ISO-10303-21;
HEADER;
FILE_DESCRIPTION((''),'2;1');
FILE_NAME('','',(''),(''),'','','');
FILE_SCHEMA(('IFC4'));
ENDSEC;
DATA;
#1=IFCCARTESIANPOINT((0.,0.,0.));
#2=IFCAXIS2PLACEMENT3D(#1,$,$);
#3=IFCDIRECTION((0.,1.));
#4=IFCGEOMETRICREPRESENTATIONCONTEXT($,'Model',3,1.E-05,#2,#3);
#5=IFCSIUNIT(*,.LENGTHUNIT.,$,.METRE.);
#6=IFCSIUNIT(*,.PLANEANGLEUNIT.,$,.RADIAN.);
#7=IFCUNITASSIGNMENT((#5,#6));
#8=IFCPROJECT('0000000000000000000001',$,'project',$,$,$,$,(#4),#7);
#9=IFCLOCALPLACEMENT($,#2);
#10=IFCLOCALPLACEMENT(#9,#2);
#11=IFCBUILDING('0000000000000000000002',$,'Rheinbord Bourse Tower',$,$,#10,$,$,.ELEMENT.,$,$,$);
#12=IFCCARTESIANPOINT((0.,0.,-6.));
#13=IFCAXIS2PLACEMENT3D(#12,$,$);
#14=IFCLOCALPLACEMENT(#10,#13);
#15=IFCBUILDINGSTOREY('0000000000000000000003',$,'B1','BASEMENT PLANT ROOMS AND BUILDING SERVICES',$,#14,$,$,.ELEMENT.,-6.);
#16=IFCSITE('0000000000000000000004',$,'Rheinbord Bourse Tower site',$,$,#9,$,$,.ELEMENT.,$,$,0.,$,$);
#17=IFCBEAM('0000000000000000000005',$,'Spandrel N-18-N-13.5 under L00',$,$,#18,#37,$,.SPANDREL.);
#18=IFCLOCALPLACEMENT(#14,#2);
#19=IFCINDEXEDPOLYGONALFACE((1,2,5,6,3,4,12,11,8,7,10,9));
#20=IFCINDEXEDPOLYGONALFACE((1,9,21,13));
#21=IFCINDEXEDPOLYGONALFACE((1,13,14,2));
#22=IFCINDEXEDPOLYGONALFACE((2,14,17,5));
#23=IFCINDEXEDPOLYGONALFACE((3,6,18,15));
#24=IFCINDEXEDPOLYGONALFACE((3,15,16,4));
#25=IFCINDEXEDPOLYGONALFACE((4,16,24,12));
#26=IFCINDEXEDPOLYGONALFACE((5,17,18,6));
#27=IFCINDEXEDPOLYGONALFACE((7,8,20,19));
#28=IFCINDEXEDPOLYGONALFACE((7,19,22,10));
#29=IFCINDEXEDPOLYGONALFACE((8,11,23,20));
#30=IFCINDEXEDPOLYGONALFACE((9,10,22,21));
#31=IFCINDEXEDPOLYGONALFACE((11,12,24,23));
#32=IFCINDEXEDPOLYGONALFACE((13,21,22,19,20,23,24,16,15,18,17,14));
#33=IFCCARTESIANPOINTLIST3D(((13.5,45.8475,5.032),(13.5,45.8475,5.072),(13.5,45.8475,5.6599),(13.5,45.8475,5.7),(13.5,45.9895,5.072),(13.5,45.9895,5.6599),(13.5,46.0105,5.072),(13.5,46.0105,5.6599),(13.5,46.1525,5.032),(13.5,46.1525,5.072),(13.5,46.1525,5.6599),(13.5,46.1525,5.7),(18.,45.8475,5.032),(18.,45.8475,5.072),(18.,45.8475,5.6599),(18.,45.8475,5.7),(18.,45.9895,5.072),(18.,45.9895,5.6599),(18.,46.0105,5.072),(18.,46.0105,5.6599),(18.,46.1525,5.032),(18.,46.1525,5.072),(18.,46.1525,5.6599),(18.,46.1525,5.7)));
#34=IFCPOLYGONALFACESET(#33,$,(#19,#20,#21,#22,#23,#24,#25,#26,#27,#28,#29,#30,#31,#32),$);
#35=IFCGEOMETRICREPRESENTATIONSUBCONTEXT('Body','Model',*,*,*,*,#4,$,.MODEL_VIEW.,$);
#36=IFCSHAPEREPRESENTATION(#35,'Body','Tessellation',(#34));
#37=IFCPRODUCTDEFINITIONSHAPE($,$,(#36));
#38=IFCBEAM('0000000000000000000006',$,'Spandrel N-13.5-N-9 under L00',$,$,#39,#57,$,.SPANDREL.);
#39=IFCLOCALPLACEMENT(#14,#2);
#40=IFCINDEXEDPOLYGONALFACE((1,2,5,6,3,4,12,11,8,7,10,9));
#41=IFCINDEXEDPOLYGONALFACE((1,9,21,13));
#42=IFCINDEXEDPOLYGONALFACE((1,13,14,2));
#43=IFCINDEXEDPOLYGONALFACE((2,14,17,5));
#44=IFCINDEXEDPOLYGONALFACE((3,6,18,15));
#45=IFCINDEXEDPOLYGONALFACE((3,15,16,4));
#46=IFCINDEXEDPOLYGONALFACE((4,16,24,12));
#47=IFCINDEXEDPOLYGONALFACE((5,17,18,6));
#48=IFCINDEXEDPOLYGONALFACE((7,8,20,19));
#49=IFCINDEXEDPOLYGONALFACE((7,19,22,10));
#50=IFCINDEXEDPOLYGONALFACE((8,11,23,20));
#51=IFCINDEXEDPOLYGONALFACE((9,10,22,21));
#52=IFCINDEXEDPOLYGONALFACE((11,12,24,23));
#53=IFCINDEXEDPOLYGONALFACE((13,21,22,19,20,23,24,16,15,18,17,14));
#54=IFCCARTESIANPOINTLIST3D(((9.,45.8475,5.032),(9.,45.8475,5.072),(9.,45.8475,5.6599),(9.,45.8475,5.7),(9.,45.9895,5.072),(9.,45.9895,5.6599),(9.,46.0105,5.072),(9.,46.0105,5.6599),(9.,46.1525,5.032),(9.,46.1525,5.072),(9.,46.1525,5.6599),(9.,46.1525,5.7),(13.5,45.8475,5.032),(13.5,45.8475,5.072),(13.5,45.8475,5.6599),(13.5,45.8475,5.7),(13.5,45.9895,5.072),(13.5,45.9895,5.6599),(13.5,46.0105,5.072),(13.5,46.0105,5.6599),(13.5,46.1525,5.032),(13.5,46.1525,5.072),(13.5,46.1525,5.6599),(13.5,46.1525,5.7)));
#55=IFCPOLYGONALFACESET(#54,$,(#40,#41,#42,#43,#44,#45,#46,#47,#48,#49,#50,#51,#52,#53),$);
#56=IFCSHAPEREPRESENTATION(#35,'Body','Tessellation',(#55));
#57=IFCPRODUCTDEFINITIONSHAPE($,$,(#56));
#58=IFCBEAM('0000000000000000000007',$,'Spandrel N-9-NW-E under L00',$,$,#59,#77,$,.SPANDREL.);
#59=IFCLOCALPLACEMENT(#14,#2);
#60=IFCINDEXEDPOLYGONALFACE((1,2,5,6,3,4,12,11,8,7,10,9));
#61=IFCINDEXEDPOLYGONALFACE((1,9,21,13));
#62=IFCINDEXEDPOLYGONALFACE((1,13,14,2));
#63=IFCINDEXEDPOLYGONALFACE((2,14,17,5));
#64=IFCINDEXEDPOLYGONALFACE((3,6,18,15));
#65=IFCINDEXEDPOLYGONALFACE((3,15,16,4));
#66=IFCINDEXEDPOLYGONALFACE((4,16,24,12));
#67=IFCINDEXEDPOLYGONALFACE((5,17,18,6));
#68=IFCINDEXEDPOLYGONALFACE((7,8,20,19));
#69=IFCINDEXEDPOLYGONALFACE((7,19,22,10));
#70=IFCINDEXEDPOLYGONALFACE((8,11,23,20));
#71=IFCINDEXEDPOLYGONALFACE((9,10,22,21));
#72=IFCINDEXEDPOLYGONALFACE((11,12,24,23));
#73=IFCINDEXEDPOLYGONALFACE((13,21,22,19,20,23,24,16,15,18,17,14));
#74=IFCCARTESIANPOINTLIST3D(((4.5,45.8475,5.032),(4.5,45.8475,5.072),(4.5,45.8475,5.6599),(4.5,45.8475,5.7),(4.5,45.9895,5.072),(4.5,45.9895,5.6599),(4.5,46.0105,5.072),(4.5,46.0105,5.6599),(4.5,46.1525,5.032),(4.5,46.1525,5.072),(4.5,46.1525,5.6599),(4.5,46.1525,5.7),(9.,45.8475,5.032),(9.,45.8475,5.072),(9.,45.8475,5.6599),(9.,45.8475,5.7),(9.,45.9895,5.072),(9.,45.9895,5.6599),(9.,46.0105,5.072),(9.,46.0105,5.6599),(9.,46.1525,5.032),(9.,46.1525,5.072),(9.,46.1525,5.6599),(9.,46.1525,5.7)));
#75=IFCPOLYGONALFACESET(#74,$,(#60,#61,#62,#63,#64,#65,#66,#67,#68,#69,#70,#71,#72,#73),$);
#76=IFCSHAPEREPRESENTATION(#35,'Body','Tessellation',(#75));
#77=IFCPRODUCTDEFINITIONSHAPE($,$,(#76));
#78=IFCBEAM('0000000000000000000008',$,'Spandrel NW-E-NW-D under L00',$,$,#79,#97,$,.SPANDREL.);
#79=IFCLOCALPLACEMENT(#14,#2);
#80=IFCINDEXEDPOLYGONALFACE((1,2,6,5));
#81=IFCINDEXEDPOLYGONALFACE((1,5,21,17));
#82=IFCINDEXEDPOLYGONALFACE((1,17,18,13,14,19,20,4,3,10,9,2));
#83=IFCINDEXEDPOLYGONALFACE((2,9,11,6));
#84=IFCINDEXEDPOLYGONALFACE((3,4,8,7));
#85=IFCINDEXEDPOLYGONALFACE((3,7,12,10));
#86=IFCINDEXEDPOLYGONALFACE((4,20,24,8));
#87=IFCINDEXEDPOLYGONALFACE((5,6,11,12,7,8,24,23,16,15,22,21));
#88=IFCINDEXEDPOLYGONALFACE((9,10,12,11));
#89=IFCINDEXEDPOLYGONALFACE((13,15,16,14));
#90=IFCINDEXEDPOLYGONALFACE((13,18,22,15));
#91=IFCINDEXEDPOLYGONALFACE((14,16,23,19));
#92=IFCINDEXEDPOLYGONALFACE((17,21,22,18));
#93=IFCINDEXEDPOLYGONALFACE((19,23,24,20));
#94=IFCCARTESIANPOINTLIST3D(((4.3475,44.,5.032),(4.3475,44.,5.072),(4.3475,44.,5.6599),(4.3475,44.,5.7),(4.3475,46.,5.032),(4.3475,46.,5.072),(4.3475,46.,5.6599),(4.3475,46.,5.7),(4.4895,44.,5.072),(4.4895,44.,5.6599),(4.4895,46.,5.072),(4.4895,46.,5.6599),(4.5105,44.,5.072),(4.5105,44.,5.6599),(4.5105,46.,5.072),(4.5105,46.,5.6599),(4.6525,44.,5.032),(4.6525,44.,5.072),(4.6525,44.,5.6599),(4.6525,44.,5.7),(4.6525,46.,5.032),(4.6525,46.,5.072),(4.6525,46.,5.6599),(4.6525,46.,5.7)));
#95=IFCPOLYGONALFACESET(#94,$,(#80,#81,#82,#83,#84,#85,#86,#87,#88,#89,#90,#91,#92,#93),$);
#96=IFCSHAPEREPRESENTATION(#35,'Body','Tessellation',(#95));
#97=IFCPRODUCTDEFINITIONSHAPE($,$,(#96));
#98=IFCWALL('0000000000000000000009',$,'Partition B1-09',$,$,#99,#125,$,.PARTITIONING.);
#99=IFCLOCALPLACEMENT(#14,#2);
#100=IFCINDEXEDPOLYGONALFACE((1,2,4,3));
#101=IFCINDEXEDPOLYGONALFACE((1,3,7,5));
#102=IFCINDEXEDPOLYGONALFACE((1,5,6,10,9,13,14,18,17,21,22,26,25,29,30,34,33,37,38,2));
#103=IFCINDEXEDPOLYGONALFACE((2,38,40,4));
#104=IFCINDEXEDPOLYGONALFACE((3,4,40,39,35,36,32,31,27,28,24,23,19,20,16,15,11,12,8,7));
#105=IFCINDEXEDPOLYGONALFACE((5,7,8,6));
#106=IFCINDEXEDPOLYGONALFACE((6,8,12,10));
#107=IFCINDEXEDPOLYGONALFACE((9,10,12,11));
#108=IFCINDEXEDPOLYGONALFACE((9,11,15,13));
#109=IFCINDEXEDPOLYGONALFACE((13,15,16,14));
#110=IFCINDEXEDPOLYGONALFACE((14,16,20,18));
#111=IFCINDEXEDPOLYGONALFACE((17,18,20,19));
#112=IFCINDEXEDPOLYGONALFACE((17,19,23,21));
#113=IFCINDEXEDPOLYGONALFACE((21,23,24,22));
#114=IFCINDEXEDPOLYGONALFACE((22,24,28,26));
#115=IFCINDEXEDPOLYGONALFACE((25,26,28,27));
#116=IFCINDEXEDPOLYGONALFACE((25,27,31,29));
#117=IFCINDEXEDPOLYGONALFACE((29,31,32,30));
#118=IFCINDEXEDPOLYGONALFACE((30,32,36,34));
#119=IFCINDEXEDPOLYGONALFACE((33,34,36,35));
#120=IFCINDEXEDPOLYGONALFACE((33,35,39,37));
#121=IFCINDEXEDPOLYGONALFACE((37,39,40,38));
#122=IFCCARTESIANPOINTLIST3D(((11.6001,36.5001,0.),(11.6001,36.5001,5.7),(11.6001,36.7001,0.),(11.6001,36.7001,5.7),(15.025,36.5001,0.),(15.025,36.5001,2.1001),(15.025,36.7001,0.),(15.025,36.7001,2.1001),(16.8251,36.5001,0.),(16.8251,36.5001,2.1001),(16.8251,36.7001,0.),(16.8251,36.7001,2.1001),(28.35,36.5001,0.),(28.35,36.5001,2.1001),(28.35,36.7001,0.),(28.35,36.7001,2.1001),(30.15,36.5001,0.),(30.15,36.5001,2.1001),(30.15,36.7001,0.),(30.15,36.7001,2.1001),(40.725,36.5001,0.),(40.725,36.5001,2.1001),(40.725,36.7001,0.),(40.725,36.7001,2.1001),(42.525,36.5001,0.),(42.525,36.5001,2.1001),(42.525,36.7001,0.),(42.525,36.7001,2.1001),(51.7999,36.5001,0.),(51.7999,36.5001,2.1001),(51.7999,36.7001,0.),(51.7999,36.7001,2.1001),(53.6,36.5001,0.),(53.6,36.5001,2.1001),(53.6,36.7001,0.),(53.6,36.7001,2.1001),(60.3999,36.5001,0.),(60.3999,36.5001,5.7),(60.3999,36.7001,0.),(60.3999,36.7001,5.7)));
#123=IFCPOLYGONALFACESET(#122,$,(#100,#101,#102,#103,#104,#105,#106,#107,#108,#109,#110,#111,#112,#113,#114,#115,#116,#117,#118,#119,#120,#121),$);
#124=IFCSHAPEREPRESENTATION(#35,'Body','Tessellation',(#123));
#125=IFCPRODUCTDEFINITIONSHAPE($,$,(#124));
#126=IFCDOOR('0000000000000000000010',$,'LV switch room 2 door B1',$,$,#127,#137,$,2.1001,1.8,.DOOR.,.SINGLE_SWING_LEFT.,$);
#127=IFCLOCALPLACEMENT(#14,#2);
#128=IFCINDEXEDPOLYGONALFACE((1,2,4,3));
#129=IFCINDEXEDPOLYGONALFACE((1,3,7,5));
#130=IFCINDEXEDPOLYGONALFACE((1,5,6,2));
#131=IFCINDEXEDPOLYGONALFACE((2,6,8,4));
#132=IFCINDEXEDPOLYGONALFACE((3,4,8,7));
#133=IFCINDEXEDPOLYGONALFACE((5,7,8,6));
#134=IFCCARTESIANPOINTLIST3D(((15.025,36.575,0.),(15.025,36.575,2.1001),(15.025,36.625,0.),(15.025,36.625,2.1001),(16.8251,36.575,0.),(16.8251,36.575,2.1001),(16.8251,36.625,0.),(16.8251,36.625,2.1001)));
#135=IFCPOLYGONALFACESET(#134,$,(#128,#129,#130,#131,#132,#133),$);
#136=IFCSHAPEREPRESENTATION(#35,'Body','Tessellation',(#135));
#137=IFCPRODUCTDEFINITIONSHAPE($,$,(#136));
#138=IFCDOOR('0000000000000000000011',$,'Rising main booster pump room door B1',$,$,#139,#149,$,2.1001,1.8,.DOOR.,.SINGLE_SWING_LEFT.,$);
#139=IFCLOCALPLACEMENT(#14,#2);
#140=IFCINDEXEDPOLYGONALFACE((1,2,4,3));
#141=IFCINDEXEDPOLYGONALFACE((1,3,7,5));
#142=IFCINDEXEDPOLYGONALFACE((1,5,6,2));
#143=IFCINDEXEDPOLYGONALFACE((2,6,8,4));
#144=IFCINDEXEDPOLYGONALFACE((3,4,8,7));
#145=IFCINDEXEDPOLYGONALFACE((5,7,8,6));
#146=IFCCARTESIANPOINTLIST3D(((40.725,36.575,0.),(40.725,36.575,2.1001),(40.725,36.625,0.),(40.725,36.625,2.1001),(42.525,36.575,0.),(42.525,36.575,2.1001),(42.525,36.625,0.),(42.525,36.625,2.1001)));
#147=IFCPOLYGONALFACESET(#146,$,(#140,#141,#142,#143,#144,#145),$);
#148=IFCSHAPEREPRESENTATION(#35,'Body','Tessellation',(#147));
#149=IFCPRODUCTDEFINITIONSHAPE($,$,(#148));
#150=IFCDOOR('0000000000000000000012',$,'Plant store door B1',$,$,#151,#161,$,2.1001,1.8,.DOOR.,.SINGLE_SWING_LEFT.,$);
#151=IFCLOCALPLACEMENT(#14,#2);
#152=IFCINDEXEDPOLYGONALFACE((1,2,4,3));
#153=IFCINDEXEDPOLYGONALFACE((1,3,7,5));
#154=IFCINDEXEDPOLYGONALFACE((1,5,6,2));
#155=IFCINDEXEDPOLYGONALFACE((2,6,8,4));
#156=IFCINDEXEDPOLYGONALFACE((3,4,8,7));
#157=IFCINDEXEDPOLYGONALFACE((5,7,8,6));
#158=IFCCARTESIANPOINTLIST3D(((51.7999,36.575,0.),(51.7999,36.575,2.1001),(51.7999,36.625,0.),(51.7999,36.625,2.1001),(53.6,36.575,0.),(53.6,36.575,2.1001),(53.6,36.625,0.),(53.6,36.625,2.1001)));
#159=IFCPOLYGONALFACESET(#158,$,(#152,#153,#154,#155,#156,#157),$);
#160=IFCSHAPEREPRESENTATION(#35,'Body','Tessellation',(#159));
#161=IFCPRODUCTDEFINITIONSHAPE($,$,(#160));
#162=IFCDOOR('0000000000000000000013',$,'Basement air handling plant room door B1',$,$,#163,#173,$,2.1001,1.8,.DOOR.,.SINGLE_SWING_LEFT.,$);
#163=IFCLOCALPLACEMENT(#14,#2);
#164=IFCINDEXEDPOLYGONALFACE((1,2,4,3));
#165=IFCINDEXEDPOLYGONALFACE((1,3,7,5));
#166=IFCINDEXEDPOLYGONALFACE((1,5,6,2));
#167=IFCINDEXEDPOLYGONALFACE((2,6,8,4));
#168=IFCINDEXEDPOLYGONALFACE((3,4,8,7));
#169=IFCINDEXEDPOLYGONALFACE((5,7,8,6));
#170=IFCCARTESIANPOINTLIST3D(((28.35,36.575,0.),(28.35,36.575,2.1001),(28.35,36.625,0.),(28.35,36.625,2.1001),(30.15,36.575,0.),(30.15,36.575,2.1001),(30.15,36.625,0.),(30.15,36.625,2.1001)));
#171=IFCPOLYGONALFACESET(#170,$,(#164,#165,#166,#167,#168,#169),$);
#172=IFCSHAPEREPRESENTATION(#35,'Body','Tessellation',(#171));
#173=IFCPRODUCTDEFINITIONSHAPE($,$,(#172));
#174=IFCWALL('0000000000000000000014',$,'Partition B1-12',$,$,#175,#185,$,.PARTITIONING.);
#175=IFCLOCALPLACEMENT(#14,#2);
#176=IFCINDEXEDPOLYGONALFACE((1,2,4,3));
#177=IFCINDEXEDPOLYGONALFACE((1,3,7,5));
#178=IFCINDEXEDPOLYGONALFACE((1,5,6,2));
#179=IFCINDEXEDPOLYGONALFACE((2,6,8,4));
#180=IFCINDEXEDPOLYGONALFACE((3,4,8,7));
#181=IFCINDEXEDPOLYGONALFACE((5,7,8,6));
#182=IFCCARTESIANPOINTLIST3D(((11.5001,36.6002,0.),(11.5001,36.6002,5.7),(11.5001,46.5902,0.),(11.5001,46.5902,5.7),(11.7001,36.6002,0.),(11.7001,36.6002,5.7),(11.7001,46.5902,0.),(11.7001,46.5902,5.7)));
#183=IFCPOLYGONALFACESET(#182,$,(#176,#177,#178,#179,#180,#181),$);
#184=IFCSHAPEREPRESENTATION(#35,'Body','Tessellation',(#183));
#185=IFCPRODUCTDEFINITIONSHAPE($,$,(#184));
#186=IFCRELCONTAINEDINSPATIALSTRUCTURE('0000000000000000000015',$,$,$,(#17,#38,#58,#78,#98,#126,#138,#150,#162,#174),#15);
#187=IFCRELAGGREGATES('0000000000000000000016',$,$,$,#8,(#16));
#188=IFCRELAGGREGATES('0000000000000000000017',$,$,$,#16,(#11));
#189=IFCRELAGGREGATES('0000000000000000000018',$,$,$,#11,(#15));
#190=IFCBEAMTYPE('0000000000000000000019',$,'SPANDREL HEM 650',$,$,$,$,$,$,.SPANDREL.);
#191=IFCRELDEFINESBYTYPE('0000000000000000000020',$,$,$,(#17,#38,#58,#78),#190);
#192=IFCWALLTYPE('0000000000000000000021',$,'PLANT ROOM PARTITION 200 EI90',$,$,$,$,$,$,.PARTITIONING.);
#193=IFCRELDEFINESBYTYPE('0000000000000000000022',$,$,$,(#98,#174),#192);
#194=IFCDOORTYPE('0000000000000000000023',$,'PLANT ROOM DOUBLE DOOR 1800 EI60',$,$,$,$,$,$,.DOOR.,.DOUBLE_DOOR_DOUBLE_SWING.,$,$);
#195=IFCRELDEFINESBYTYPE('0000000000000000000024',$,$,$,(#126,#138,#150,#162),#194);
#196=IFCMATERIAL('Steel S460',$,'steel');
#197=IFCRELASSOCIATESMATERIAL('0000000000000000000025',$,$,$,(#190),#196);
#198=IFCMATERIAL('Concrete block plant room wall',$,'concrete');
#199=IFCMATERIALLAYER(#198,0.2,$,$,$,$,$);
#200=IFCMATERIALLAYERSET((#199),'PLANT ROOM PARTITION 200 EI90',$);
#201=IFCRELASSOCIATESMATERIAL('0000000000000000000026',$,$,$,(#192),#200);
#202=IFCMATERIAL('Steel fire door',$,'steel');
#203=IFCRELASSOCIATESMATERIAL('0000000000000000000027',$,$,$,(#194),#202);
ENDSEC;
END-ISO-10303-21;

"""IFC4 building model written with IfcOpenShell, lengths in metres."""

from ifc_helpers import new_model, si_unit, direction, frame, frame_2d, origin, origin_2d, place, context, subcontext, project, spatial, rectangle, i_section, extrude, material, layer, layer_set, material_profile, profile_set, type_object, element, fill, save


model = new_model("IFC4")

# Units and contexts
model_context = context("Model", 3, precision=1e-05, world=origin(), true_north=direction((0.0, 1.0)))
body_context = subcontext(model_context, "Body", "Model", "MODEL_VIEW")
ifc_project = project(units=[si_unit("LENGTHUNIT", "METRE"), si_unit("PLANEANGLEUNIT", "RADIAN")], contexts=[model_context])

# Site, building, storey
site_placement = place(None, origin())
site = spatial("IfcSite", under=ifc_project, at=site_placement, Name="Rheinbord Bourse Tower site", CompositionType="ELEMENT", RefElevation=0.0)
building_placement = place(site_placement, origin())
building = spatial("IfcBuilding", under=site, at=building_placement, Name="Rheinbord Bourse Tower", CompositionType="ELEMENT")
storey_placement = place(building_placement, frame((0.0, 0.0, -6.0)))
storey = spatial("IfcBuildingStorey", under=building, at=storey_placement, Name="B1", Description="BASEMENT PLANT ROOMS AND BUILDING SERVICES", CompositionType="ELEMENT", Elevation=-6.0)

# Beams
ifc_material_1 = material(Name="Steel S460", Category="steel")
ifc_material_profile_1 = material_profile(ifc_material_1, i_section(OverallWidth=0.3049, OverallDepth=0.668, WebThickness=0.021, FlangeThickness=0.04, at=origin_2d()), Name="HEM 650")
ifc_profile_set_1 = profile_set([ifc_material_profile_1], Name="Steel S460")
beam_type_1 = type_object("IfcBeamType", Name="SPANDREL HEM 650", PredefinedType="SPANDREL", material=ifc_profile_set_1)
for number, where, z_axis, x_axis, name in (
    (1, (18.0, 46.0, 5.366), (-1.0, 0.0, 0.0), (0.0, -1.0, 0.0), "Spandrel N-18-N-13.5 under L00"),
    (2, (13.5, 46.0, 5.366), (-1.0, 0.0, 0.0), (0.0, -1.0, 0.0), "Spandrel N-13.5-N-9 under L00"),
    (3, (9.0, 46.0, 5.366), (-1.0, 0.0, 0.0), (0.0, -1.0, 0.0), "Spandrel N-9-NW-E under L00"),
):
    element("IfcBeam", number, at=place(storey_placement, frame(where, z_axis=z_axis, x_axis=x_axis)), inside=storey, type_object=beam_type_1, Name=name, PredefinedType="SPANDREL", context=body_context, shape_type="SweptSolid", body=[
        extrude(i_section(OverallWidth=0.3049, OverallDepth=0.668, WebThickness=0.021, FlangeThickness=0.04, at=origin_2d()), origin(), (0.0, 0.0, 1.0), 4.5),
    ])
beam_1_placement = place(storey_placement, frame((4.5, 46.0, 5.366), z_axis=(0.0, -1.0, 0.0), x_axis=(1.0, 0.0, 0.0)))
element("IfcBeam", 4, at=beam_1_placement, inside=storey, type_object=beam_type_1, Name="Spandrel NW-E-NW-D under L00", PredefinedType="SPANDREL", context=body_context, shape_type="SweptSolid", body=[
    extrude(i_section(OverallWidth=0.3049, OverallDepth=0.668, WebThickness=0.021, FlangeThickness=0.04, at=origin_2d()), origin(), (0.0, 0.0, 1.0), 2.0),
])

# Wall, openings, doors
ifc_material_2 = material(Name="Concrete block plant room wall", Category="concrete")
ifc_layer = layer(ifc_material_2, 0.2)
ifc_layer_set = layer_set([ifc_layer], Name="PLANT ROOM PARTITION 200 EI90")
wall_type = type_object("IfcWallType", Name="PLANT ROOM PARTITION 200 EI90", PredefinedType="PARTITIONING", material=ifc_layer_set)
wall_1_placement = place(storey_placement, frame((11.6001, 36.6001, 0.0), z_axis=(0.0, 0.0, 1.0), x_axis=(1.0, 0.0, 0.0)))
wall_1 = element("IfcWall", 5, at=wall_1_placement, inside=storey, type_object=wall_type, Name="Partition B1-09", PredefinedType="PARTITIONING", context=body_context, shape_type="SweptSolid", body=[
    extrude(rectangle(XDim=48.7998, YDim=0.2, at=frame_2d((24.3999, 0.0))), origin(), (0.0, 0.0, 1.0), 5.7),
])
opening_1_placement = place(wall_1_placement, frame((3.425, 0.0, 0.0)))
opening_1 = element("IfcOpeningElement", 6, at=opening_1_placement, cuts=wall_1, PredefinedType="OPENING", context=body_context, shape_type="SweptSolid", body=[
    extrude(rectangle(XDim=1.8, YDim=2.1001, at=frame_2d((0.8999, 1.05))), frame((0.0, 0.1099, 0.0), z_axis=(0.0, -1.0, 0.0), x_axis=(1.0, 0.0, 0.0)), (0.0, 0.0, 1.0), 0.22),
])
opening_2_placement = place(wall_1_placement, frame((29.125, 0.0, 0.0)))
opening_2 = element("IfcOpeningElement", 7, at=opening_2_placement, cuts=wall_1, PredefinedType="OPENING", context=body_context, shape_type="SweptSolid", body=[
    extrude(rectangle(XDim=1.8, YDim=2.1001, at=frame_2d((0.8999, 1.05))), frame((0.0, 0.1099, 0.0), z_axis=(0.0, -1.0, 0.0), x_axis=(1.0, 0.0, 0.0)), (0.0, 0.0, 1.0), 0.22),
])
opening_3_placement = place(wall_1_placement, frame((40.2, 0.0, 0.0)))
opening_3 = element("IfcOpeningElement", 8, at=opening_3_placement, cuts=wall_1, PredefinedType="OPENING", context=body_context, shape_type="SweptSolid", body=[
    extrude(rectangle(XDim=1.8, YDim=2.1001, at=frame_2d((0.8999, 1.05))), frame((0.0, 0.1099, 0.0), z_axis=(0.0, -1.0, 0.0), x_axis=(1.0, 0.0, 0.0)), (0.0, 0.0, 1.0), 0.22),
])
opening_4_placement = place(wall_1_placement, frame((16.75, 0.0, 0.0)))
opening_4 = element("IfcOpeningElement", 9, at=opening_4_placement, cuts=wall_1, PredefinedType="OPENING", context=body_context, shape_type="SweptSolid", body=[
    extrude(rectangle(XDim=1.8, YDim=2.1001, at=frame_2d((0.8999, 1.05))), frame((0.0, 0.1099, 0.0), z_axis=(0.0, -1.0, 0.0), x_axis=(1.0, 0.0, 0.0)), (0.0, 0.0, 1.0), 0.22),
])
ifc_material_3 = material(Name="Steel fire door", Category="steel")
door_type = type_object("IfcDoorType", Name="PLANT ROOM DOUBLE DOOR 1800 EI60", OperationType="DOUBLE_DOOR_DOUBLE_SWING", PredefinedType="DOOR", material=ifc_material_3)
door_1_placement = place(opening_1_placement, origin())
door_1 = element("IfcDoor", 10, at=door_1_placement, inside=storey, type_object=door_type, Name="LV switch room 2 door B1", OperationType="SINGLE_SWING_LEFT", OverallHeight=2.1001, OverallWidth=1.8, PredefinedType="DOOR", context=body_context, shape_type="SweptSolid", body=[
    extrude(rectangle(XDim=1.8, YDim=2.1001, at=frame_2d((0.8999, 1.05))), frame((0.0, 0.0249, 0.0), z_axis=(0.0, -1.0, 0.0), x_axis=(1.0, 0.0, 0.0)), (0.0, 0.0, 1.0), 0.05),
])
fill(opening_1, door_1)
door_2_placement = place(opening_2_placement, origin())
door_2 = element("IfcDoor", 11, at=door_2_placement, inside=storey, type_object=door_type, Name="Rising main booster pump room door B1", OperationType="SINGLE_SWING_LEFT", OverallHeight=2.1001, OverallWidth=1.8, PredefinedType="DOOR", context=body_context, shape_type="SweptSolid", body=[
    extrude(rectangle(XDim=1.8, YDim=2.1001, at=frame_2d((0.8999, 1.05))), frame((0.0, 0.0249, 0.0), z_axis=(0.0, -1.0, 0.0), x_axis=(1.0, 0.0, 0.0)), (0.0, 0.0, 1.0), 0.05),
])
fill(opening_2, door_2)
door_3_placement = place(opening_3_placement, origin())
door_3 = element("IfcDoor", 12, at=door_3_placement, inside=storey, type_object=door_type, Name="Plant store door B1", OperationType="SINGLE_SWING_LEFT", OverallHeight=2.1001, OverallWidth=1.8, PredefinedType="DOOR", context=body_context, shape_type="SweptSolid", body=[
    extrude(rectangle(XDim=1.8, YDim=2.1001, at=frame_2d((0.8999, 1.05))), frame((0.0, 0.0249, 0.0), z_axis=(0.0, -1.0, 0.0), x_axis=(1.0, 0.0, 0.0)), (0.0, 0.0, 1.0), 0.05),
])
fill(opening_3, door_3)
door_4_placement = place(opening_4_placement, origin())
door_4 = element("IfcDoor", 13, at=door_4_placement, inside=storey, type_object=door_type, Name="Basement air handling plant room door B1", OperationType="SINGLE_SWING_LEFT", OverallHeight=2.1001, OverallWidth=1.8, PredefinedType="DOOR", context=body_context, shape_type="SweptSolid", body=[
    extrude(rectangle(XDim=1.8, YDim=2.1001, at=frame_2d((0.8999, 1.05))), frame((0.0, 0.0249, 0.0), z_axis=(0.0, -1.0, 0.0), x_axis=(1.0, 0.0, 0.0)), (0.0, 0.0, 1.0), 0.05),
])
fill(opening_4, door_4)

# Wall
wall_2_placement = place(storey_placement, frame((11.6001, 36.6001, 0.0), z_axis=(0.0, 0.0, 1.0), x_axis=(0.0, 1.0, 0.0)))
element("IfcWall", 14, at=wall_2_placement, inside=storey, type_object=wall_type, Name="Partition B1-12", PredefinedType="PARTITIONING", context=body_context, shape_type="SweptSolid", body=[
    extrude(rectangle(XDim=9.99, YDim=0.2, at=frame_2d((4.9951, 0.0))), origin(), (0.0, 0.0, 1.0), 5.7),
])

save(model, "model.ifc")
